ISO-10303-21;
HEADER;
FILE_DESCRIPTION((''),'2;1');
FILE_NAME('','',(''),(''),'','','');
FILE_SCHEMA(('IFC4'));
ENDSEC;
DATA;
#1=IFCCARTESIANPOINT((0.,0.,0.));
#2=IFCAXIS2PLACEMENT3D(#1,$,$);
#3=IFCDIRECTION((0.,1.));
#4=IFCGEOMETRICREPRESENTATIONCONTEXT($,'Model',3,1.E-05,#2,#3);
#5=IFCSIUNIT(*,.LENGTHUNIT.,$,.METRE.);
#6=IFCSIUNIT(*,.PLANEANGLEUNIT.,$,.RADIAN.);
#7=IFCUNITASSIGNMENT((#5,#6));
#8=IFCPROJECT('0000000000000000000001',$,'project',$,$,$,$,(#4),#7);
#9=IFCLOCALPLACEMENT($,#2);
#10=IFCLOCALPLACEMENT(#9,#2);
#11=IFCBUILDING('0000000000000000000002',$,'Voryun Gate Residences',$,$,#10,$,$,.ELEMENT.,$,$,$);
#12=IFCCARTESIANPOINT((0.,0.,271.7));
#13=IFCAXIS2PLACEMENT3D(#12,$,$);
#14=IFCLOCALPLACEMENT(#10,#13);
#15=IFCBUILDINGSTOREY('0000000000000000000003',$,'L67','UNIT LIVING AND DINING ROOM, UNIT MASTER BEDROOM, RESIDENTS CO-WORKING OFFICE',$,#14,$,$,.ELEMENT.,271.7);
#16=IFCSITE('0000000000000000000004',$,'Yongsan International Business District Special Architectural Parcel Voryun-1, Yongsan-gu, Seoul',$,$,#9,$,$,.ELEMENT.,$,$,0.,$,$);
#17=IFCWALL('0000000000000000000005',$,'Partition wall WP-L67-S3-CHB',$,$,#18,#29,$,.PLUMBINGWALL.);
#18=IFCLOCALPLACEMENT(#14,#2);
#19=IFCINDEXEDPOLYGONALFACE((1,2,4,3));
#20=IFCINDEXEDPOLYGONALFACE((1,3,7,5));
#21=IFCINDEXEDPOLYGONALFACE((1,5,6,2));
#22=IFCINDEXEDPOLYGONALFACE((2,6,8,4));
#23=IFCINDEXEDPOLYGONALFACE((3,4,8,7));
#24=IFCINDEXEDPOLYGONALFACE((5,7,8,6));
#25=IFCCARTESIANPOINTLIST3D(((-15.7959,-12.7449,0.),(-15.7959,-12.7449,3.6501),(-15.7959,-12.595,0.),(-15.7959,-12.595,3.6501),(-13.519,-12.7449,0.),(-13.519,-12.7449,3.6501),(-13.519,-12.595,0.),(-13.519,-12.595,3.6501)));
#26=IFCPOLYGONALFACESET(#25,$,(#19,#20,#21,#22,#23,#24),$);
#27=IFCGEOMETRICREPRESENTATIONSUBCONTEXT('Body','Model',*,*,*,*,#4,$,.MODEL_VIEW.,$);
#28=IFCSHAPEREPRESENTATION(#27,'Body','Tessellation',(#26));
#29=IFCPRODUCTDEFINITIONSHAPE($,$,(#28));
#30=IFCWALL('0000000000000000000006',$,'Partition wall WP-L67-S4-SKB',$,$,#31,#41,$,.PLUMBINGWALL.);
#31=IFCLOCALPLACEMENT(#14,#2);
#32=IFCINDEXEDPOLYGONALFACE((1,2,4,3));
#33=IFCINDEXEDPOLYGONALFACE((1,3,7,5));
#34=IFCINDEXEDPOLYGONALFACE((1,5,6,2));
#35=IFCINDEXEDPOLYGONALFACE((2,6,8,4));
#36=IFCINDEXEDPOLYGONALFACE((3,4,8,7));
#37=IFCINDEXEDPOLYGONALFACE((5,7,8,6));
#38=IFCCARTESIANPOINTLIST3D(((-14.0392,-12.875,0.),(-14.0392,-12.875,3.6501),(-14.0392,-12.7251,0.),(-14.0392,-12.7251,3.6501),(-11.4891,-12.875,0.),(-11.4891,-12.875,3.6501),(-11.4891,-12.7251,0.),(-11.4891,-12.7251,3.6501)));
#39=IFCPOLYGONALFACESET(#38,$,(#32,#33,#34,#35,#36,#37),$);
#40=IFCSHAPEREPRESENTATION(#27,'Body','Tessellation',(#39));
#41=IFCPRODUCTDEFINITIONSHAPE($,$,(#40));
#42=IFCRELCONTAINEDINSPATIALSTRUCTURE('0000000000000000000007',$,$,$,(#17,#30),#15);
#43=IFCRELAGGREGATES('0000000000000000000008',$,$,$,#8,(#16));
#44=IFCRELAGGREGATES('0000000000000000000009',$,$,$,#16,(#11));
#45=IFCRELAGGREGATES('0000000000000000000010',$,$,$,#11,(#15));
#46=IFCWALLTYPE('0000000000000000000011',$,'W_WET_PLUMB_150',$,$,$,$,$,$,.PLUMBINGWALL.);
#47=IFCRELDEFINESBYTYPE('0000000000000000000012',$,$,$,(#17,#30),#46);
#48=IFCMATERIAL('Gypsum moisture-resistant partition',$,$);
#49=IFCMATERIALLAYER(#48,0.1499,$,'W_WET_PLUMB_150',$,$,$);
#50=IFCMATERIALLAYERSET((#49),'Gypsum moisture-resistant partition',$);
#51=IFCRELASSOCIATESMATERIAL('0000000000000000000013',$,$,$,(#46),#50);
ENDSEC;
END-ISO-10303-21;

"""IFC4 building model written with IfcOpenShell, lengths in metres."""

from ifc_helpers import new_model, si_unit, direction, frame, frame_2d, origin, place, context, subcontext, project, spatial, rectangle, extrude, material, layer, layer_set, type_object, element, save


model = new_model("IFC4")

# Units and contexts
model_context = context("Model", 3, precision=1e-05, world=origin(), true_north=direction((0.0, 1.0)))
body_context = subcontext(model_context, "Body", "Model", "MODEL_VIEW")
ifc_project = project(units=[si_unit("LENGTHUNIT", "METRE"), si_unit("PLANEANGLEUNIT", "RADIAN")], contexts=[model_context])

# Site, building, storey
site_placement = place(None, origin())
site = spatial("IfcSite", under=ifc_project, at=site_placement, Name="Yongsan International Business District Special Architectural Parcel Voryun-1, Yongsan-gu, Seoul", CompositionType="ELEMENT", RefElevation=0.0)
building_placement = place(site_placement, origin())
building = spatial("IfcBuilding", under=site, at=building_placement, Name="Voryun Gate Residences", CompositionType="ELEMENT")
storey_placement = place(building_placement, frame((0.0, 0.0, 271.7)))
storey = spatial("IfcBuildingStorey", under=building, at=storey_placement, Name="L67", Description="UNIT LIVING AND DINING ROOM, UNIT MASTER BEDROOM, RESIDENTS CO-WORKING OFFICE", CompositionType="ELEMENT", Elevation=271.7)

# Shared definitions
ifc_material_1 = material(Name="Gypsum moisture-resistant partition")
ifc_layer_1 = layer(ifc_material_1, 0.1499, Name="W_WET_PLUMB_150")
ifc_layer_set_1 = layer_set([ifc_layer_1], Name="Gypsum moisture-resistant partition")
wall_type_1 = type_object("IfcWallType", Name="W_WET_PLUMB_150", PredefinedType="PLUMBINGWALL", material=ifc_layer_set_1)

# Walls
wall_1_placement = place(storey_placement, frame((-15.7959, -12.6699, 0.0), z_axis=(0.0, 0.0, 1.0), x_axis=(1.0, 0.0, 0.0)))
element("IfcWall", 1, at=wall_1_placement, inside=storey, type_object=wall_type_1, Name="Partition wall WP-L67-S3-CHB", PredefinedType="PLUMBINGWALL", context=body_context, shape_type="SweptSolid", body=[
    extrude(rectangle(XDim=2.2769, YDim=0.1499, at=frame_2d((1.1384, 0.0))), origin(), (0.0, 0.0, 1.0), 3.6501),
])
wall_2_placement = place(storey_placement, frame((-14.0391, -12.8, 0.0), z_axis=(0.0, 0.0, 1.0), x_axis=(1.0, 0.0, 0.0)))
element("IfcWall", 2, at=wall_2_placement, inside=storey, type_object=wall_type_1, Name="Partition wall WP-L67-S4-SKB", PredefinedType="PLUMBINGWALL", context=body_context, shape_type="SweptSolid", body=[
    extrude(rectangle(XDim=2.55, YDim=0.1499, at=frame_2d((1.2749, 0.0))), origin(), (0.0, 0.0, 1.0), 3.6501),
])

save(model, "model.ifc")
